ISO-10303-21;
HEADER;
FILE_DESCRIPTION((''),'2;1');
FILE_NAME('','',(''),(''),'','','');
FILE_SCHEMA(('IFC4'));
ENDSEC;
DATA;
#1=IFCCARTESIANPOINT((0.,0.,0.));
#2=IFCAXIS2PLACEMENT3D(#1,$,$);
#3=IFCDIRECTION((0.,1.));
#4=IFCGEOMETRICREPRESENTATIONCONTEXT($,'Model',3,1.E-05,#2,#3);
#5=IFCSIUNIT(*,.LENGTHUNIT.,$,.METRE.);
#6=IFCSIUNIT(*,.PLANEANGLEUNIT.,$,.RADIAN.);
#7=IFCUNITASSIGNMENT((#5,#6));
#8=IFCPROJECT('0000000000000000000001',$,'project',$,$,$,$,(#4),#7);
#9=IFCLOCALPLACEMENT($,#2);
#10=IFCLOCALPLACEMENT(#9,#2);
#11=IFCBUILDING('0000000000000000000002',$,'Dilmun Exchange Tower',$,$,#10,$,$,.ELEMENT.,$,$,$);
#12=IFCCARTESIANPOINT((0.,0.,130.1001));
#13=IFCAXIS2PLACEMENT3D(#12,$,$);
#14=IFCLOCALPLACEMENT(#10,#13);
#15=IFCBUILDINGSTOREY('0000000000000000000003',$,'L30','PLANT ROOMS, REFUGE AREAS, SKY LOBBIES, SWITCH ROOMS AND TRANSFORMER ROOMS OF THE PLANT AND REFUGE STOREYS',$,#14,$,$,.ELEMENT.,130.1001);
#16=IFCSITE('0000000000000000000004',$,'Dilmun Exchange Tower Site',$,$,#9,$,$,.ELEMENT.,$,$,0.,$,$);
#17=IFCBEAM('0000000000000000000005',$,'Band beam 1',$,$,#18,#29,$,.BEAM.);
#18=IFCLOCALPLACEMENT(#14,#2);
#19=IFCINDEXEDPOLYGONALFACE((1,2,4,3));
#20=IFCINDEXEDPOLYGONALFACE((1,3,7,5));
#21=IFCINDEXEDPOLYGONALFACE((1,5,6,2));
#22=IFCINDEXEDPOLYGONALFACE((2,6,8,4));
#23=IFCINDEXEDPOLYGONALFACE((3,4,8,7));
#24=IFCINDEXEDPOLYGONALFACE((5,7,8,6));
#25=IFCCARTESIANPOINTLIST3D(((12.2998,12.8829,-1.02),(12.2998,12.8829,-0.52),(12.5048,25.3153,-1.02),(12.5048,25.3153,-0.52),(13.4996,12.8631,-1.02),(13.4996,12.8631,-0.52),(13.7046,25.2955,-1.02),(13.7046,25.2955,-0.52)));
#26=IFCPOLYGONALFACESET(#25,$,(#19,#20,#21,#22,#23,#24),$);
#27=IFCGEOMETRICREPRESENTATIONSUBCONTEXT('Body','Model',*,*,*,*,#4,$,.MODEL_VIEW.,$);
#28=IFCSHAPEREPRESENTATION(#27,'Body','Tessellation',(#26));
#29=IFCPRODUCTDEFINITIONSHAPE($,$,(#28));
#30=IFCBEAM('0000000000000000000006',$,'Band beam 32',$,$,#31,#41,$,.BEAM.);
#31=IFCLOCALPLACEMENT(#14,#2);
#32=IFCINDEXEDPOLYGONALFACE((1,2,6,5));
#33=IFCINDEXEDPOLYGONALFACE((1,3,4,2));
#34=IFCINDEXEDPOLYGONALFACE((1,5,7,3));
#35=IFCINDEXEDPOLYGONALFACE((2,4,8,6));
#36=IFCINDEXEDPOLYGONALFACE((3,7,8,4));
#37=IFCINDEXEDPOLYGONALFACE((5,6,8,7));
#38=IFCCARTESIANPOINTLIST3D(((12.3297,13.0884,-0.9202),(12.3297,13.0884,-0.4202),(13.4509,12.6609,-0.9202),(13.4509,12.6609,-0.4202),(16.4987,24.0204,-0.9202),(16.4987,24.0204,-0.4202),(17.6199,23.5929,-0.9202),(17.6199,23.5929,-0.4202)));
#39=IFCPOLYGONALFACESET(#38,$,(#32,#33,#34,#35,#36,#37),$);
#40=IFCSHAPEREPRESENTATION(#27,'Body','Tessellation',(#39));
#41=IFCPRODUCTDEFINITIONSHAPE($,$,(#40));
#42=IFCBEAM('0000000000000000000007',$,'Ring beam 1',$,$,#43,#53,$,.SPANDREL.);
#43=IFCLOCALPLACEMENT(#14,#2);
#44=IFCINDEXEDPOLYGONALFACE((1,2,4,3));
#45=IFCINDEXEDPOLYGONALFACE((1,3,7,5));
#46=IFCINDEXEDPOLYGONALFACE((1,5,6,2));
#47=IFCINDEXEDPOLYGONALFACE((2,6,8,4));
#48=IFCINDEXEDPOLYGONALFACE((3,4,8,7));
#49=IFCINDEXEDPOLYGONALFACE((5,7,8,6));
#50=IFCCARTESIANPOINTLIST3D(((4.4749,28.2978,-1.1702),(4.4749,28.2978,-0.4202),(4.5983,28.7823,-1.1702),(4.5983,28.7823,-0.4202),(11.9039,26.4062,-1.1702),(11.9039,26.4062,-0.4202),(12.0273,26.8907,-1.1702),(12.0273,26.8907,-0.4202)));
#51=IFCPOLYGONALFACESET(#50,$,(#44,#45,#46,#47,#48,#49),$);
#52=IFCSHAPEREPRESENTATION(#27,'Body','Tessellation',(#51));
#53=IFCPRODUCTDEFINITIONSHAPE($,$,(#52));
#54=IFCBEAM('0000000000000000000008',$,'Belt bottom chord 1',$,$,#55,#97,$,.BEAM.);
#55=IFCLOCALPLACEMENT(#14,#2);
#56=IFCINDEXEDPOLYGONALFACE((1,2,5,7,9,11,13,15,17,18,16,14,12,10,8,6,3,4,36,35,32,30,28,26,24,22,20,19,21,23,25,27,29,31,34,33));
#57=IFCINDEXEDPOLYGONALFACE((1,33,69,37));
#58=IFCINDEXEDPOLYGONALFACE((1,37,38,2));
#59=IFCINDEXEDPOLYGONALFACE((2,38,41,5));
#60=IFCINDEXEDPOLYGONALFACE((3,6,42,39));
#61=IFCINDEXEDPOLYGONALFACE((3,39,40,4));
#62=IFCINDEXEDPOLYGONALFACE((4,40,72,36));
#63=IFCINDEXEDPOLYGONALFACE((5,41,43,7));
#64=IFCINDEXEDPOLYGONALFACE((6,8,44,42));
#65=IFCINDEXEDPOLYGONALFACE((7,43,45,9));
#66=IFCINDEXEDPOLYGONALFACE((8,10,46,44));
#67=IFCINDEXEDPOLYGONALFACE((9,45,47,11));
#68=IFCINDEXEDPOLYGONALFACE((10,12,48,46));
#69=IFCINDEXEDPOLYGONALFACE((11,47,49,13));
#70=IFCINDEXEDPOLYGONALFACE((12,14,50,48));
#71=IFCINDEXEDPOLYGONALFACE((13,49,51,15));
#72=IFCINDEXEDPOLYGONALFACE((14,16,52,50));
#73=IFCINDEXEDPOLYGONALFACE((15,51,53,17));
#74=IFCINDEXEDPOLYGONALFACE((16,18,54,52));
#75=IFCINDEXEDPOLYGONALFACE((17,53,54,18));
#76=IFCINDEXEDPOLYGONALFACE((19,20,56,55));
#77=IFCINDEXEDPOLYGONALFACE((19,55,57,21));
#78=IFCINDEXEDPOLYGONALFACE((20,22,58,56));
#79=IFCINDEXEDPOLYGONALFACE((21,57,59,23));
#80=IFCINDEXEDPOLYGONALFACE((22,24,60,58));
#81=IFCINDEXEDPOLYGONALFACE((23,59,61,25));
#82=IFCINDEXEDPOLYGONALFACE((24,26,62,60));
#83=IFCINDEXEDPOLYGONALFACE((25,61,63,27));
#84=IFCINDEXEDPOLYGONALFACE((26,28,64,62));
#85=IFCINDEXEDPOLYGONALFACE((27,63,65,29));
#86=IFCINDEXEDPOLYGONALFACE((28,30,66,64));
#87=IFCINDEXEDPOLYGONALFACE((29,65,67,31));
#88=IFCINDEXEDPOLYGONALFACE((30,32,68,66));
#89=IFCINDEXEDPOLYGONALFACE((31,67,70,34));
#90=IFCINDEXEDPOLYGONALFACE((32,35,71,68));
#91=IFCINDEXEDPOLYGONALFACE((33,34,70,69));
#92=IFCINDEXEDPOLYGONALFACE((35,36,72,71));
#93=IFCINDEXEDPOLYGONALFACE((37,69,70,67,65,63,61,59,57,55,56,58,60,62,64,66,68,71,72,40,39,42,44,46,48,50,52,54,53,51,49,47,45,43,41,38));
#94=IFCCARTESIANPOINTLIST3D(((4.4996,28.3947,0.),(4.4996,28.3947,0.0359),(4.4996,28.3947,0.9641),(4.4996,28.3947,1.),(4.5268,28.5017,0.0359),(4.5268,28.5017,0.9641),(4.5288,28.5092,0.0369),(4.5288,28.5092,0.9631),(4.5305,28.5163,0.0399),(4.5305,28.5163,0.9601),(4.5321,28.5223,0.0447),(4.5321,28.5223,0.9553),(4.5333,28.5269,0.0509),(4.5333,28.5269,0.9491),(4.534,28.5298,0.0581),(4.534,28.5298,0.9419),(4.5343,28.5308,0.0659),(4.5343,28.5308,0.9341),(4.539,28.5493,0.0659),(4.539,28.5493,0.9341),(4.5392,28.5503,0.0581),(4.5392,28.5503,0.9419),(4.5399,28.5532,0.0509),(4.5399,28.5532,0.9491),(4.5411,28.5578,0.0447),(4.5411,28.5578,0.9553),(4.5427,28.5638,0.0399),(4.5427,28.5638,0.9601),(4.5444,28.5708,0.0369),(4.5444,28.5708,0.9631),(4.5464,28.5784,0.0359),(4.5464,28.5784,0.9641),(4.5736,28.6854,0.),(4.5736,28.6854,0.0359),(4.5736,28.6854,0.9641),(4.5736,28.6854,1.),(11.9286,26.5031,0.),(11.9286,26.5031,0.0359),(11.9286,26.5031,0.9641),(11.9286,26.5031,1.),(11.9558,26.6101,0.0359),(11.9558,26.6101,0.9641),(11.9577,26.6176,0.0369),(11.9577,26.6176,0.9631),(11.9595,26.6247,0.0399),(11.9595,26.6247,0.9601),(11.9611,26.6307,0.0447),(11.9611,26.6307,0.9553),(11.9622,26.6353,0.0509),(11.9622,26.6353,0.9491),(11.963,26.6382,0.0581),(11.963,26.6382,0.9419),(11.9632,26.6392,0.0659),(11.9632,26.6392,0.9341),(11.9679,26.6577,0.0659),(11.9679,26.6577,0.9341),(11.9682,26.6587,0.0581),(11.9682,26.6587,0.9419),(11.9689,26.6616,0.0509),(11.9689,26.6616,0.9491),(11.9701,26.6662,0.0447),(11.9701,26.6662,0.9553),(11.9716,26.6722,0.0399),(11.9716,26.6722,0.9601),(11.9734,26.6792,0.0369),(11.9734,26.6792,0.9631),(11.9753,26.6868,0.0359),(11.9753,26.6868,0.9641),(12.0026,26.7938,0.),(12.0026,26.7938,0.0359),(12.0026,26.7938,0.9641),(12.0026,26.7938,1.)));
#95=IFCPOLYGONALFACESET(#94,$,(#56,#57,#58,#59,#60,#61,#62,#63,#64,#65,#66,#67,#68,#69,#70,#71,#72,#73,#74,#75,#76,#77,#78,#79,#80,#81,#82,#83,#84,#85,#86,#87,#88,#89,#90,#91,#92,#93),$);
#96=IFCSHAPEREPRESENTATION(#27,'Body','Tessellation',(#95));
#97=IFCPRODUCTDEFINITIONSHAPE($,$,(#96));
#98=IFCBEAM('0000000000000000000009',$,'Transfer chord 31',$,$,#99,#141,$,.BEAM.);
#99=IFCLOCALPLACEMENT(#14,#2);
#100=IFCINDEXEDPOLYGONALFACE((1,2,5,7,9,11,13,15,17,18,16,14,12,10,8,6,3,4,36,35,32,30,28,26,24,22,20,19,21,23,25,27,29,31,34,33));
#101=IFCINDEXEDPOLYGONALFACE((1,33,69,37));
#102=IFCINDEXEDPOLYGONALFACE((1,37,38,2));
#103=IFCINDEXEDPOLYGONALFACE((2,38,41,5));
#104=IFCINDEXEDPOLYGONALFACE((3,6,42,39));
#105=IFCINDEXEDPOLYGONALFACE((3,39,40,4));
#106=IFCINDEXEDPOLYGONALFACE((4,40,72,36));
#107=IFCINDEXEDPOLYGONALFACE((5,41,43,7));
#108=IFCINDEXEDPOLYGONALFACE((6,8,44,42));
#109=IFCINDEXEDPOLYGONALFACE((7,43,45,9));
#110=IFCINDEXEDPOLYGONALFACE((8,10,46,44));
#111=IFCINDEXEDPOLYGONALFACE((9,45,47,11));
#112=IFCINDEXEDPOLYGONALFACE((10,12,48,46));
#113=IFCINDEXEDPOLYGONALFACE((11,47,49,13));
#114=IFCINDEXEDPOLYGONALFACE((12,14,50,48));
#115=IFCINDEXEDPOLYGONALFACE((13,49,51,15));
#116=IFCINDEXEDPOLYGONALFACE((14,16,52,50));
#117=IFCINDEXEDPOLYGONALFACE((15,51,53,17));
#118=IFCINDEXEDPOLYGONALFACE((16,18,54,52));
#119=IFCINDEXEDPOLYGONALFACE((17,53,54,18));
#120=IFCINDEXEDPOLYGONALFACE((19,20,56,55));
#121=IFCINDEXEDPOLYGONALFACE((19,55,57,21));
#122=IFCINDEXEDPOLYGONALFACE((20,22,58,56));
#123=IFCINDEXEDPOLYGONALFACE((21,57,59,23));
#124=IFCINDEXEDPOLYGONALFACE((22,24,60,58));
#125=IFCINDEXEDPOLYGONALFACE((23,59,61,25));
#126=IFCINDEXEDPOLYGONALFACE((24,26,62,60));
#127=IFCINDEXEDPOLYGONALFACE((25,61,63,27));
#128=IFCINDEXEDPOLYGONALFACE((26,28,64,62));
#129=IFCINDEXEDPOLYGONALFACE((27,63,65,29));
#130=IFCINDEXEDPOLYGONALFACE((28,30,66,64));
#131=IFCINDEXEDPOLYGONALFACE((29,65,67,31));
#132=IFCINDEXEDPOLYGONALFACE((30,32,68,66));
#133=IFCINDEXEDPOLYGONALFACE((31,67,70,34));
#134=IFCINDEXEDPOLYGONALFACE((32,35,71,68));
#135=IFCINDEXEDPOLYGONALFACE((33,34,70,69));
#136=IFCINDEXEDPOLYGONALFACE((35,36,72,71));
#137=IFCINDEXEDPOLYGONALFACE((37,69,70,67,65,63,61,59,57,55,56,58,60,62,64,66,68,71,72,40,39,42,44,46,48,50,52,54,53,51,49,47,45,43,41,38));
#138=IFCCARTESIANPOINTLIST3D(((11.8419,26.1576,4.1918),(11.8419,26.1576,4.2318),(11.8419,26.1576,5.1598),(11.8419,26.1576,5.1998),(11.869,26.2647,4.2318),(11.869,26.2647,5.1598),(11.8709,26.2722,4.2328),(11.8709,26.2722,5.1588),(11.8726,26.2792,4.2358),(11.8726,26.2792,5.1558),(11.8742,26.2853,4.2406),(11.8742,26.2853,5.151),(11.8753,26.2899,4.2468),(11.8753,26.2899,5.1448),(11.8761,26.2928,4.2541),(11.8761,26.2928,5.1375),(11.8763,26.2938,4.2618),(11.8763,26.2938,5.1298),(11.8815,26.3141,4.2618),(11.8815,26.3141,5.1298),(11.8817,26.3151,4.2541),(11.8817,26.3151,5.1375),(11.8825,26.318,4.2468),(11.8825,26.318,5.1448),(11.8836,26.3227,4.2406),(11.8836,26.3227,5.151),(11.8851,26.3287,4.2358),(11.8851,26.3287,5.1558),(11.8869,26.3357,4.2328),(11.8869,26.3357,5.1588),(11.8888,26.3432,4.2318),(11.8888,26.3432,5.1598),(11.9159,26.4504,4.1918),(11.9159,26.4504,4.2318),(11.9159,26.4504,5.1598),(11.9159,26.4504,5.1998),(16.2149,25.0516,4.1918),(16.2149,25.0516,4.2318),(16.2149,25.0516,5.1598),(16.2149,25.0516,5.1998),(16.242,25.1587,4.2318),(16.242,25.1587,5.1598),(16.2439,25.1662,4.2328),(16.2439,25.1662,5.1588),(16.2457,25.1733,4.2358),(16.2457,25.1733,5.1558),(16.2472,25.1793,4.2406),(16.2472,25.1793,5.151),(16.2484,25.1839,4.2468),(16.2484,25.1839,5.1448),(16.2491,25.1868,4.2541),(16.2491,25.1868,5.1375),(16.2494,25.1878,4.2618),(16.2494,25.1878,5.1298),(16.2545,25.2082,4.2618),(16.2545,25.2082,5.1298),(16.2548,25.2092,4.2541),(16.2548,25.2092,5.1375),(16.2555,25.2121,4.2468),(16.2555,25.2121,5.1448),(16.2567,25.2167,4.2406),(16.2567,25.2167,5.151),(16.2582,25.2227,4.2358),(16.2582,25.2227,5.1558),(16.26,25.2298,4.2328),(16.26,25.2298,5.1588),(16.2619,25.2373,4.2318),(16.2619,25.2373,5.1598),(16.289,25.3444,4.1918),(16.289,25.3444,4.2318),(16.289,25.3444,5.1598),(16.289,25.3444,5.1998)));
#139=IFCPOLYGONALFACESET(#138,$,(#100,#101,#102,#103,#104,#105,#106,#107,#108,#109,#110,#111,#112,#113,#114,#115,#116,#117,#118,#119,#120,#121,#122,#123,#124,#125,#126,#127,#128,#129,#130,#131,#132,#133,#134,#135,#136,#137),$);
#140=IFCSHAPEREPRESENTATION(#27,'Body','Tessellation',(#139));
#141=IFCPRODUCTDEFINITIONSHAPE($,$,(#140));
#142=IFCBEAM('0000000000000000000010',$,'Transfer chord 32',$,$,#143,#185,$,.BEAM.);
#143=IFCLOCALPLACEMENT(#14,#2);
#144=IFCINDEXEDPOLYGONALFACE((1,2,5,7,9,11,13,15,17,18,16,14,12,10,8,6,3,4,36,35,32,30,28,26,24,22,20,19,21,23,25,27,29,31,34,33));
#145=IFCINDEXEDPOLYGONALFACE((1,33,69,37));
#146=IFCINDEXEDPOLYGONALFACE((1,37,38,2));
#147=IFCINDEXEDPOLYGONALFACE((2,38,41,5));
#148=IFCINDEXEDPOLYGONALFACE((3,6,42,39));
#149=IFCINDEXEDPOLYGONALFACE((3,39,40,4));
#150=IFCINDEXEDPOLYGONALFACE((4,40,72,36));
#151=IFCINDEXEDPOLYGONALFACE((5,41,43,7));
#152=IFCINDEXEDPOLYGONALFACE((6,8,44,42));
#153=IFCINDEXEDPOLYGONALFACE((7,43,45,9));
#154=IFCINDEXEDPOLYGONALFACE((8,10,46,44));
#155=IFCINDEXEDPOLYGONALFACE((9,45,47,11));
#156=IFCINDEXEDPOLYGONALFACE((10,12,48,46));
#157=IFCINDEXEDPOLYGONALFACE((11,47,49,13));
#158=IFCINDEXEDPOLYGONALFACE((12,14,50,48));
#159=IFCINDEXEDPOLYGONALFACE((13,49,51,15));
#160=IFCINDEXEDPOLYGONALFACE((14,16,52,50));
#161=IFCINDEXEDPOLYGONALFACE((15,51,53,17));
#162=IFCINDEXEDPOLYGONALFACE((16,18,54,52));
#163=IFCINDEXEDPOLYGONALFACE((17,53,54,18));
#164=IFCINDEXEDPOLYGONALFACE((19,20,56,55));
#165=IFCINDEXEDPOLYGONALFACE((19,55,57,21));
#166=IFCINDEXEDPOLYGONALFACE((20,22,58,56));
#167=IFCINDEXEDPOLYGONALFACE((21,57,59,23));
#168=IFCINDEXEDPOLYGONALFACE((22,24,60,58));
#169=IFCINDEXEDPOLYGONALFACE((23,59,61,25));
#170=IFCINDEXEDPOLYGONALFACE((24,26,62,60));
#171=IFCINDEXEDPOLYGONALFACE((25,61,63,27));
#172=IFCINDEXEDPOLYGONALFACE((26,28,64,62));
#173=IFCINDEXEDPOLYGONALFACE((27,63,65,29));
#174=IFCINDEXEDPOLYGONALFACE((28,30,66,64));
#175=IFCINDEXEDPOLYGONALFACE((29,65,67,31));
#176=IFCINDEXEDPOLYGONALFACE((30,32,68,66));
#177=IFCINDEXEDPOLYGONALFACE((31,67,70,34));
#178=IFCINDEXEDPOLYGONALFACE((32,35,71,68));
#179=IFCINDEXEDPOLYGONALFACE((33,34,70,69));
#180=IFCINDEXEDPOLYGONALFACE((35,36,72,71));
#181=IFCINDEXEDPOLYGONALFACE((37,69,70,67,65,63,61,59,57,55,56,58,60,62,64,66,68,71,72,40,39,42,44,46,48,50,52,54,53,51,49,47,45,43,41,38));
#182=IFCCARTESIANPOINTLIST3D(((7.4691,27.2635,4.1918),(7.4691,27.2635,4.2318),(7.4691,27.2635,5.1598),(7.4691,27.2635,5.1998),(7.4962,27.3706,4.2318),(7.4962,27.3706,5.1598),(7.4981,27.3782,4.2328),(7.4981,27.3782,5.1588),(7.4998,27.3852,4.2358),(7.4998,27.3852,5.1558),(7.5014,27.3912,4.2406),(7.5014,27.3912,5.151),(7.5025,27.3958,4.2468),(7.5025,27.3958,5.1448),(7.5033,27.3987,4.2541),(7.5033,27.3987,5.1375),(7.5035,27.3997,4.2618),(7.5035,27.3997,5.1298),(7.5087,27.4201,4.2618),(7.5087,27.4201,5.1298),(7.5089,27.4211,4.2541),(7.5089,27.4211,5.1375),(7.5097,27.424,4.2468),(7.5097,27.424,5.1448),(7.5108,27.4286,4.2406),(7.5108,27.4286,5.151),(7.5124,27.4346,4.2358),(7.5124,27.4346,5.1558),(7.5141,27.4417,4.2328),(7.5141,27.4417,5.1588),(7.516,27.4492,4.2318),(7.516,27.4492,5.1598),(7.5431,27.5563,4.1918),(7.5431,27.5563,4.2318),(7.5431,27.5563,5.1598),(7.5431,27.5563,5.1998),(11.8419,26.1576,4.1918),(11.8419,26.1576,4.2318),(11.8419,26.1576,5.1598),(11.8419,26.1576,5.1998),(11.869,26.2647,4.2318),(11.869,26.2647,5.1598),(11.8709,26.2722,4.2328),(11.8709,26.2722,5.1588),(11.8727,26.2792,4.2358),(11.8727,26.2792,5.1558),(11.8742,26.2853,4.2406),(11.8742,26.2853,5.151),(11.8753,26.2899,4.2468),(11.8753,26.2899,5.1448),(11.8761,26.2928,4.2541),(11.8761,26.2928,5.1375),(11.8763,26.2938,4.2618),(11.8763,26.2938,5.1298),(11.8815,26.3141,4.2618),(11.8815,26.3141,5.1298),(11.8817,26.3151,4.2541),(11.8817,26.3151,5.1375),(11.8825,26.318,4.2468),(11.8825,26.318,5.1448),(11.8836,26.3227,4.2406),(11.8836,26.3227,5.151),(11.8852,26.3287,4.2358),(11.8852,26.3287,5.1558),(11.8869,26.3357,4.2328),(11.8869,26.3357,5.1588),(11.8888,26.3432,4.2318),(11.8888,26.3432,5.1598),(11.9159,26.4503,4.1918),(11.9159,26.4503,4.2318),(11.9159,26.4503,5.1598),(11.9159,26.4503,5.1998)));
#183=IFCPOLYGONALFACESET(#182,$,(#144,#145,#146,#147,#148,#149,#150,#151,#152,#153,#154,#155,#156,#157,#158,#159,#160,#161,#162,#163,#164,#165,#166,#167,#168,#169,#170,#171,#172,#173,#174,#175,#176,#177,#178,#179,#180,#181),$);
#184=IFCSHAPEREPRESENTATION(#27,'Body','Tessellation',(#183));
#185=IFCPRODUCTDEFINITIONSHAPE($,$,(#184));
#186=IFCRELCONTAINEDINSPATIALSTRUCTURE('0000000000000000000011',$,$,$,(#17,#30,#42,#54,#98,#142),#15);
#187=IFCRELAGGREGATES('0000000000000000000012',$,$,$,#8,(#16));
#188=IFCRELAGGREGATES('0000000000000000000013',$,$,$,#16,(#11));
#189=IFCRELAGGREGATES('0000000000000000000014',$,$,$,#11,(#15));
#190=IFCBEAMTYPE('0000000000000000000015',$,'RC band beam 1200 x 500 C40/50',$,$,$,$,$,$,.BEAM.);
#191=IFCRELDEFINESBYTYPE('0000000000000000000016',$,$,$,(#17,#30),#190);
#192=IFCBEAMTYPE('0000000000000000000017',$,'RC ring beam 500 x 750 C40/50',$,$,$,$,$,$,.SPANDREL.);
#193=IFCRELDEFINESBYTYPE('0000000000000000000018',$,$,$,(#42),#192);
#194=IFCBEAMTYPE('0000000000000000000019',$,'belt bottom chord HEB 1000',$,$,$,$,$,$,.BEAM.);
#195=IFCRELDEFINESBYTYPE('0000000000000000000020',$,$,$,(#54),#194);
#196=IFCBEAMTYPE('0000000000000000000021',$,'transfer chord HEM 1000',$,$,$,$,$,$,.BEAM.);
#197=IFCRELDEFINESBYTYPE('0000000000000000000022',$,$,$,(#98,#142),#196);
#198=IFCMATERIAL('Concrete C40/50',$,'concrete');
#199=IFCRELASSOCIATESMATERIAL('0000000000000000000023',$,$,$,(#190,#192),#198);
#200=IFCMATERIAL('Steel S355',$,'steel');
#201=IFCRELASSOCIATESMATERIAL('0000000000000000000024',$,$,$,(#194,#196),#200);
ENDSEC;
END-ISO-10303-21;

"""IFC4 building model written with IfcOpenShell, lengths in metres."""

from ifc_helpers import new_model, si_unit, direction, frame, origin, origin_2d, place, context, subcontext, project, spatial, rectangle, i_section, extrude, material, material_profile, profile_set, type_object, element, save


model = new_model("IFC4")

# Units and contexts
model_context = context("Model", 3, precision=1e-05, world=origin(), true_north=direction((0.0, 1.0)))
body_context = subcontext(model_context, "Body", "Model", "MODEL_VIEW")
ifc_project = project(units=[si_unit("LENGTHUNIT", "METRE"), si_unit("PLANEANGLEUNIT", "RADIAN")], contexts=[model_context])

# Site, building, storey
site_placement = place(None, origin())
site = spatial("IfcSite", under=ifc_project, at=site_placement, Name="Dilmun Exchange Tower Site", CompositionType="ELEMENT", RefElevation=0.0)
building_placement = place(site_placement, origin())
building = spatial("IfcBuilding", under=site, at=building_placement, Name="Dilmun Exchange Tower", CompositionType="ELEMENT")
storey_placement = place(building_placement, frame((0.0, 0.0, 130.1001)))
storey = spatial("IfcBuildingStorey", under=building, at=storey_placement, Name="L30", Description="PLANT ROOMS, REFUGE AREAS, SKY LOBBIES, SWITCH ROOMS AND TRANSFORMER ROOMS OF THE PLANT AND REFUGE STOREYS", CompositionType="ELEMENT", Elevation=130.1001)

# Beams
ifc_material_1 = material(Name="Concrete C40/50", Category="concrete")
ifc_material_profile_1 = material_profile(ifc_material_1, rectangle(XDim=1.2, YDim=0.5, at=origin_2d()), Name="1200 x 500")
ifc_profile_set_1 = profile_set([ifc_material_profile_1], Name="Concrete C40/50")
beam_type_1 = type_object("IfcBeamType", Name="RC band beam 1200 x 500 C40/50", PredefinedType="BEAM", material=ifc_profile_set_1)
beam_1_placement = place(storey_placement, frame((13.1047, 25.3054, -0.77), z_axis=(-0.016493, -0.999864, 0.0), x_axis=(0.999864, -0.016493, 0.0)))
element("IfcBeam", 1, at=beam_1_placement, inside=storey, type_object=beam_type_1, Name="Band beam 1", PredefinedType="BEAM", context=body_context, shape_type="SweptSolid", body=[
    extrude(rectangle(XDim=1.2, YDim=0.5, at=origin_2d()), origin(), (0.0, 0.0, 1.0), 12.4341),
])
beam_2_placement = place(storey_placement, frame((17.0593, 23.8066, -0.6702), z_axis=(-0.356325, -0.934362, 0.0), x_axis=(0.934362, -0.356325, 0.0)))
element("IfcBeam", 2, at=beam_2_placement, inside=storey, type_object=beam_type_1, Name="Band beam 32", PredefinedType="BEAM", context=body_context, shape_type="SweptSolid", body=[
    extrude(rectangle(XDim=1.2, YDim=0.5, at=origin_2d()), origin(), (0.0, 0.0, 1.0), 11.7),
])
ifc_material_profile_2 = material_profile(ifc_material_1, rectangle(XDim=0.5, YDim=0.75, at=origin_2d()), Name="500 x 750")
ifc_profile_set_2 = profile_set([ifc_material_profile_2], Name="Concrete C40/50")
beam_type_2 = type_object("IfcBeamType", Name="RC ring beam 500 x 750 C40/50", PredefinedType="SPANDREL", material=ifc_profile_set_2)
beam_3_placement = place(storey_placement, frame((11.9656, 26.6484, -0.7952), z_axis=(-0.969079, 0.246752, 0.0), x_axis=(-0.246752, -0.969079, 0.0)))
element("IfcBeam", 3, at=beam_3_placement, inside=storey, type_object=beam_type_2, Name="Ring beam 1", PredefinedType="SPANDREL", context=body_context, shape_type="SweptSolid", body=[
    extrude(rectangle(XDim=0.5, YDim=0.75, at=origin_2d()), origin(), (0.0, 0.0, 1.0), 7.666),
])
ifc_material_2 = material(Name="Steel S355", Category="steel")
ifc_material_profile_3 = material_profile(ifc_material_2, i_section(OverallWidth=0.3, OverallDepth=1.0, WebThickness=0.019, FlangeThickness=0.0359, FilletRadius=0.03, at=origin_2d()), Name="HEB 1000")
ifc_profile_set_3 = profile_set([ifc_material_profile_3], Name="Steel S355")
beam_type_3 = type_object("IfcBeamType", Name="belt bottom chord HEB 1000", PredefinedType="BEAM", material=ifc_profile_set_3)
beam_4_placement = place(storey_placement, frame((11.9656, 26.6484, 0.5), z_axis=(-0.969079, 0.246752, 0.0), x_axis=(-0.246752, -0.969079, 0.0)))
element("IfcBeam", 4, at=beam_4_placement, inside=storey, type_object=beam_type_3, Name="Belt bottom chord 1", PredefinedType="BEAM", context=body_context, shape_type="SweptSolid", body=[
    extrude(i_section(OverallWidth=0.3, OverallDepth=1.0, WebThickness=0.019, FlangeThickness=0.0359, FilletRadius=0.03, at=origin_2d()), origin(), (0.0, 0.0, 1.0), 7.666),
])
ifc_material_profile_4 = material_profile(ifc_material_2, i_section(OverallWidth=0.302, OverallDepth=1.0081, WebThickness=0.021, FlangeThickness=0.04, FilletRadius=0.03, at=origin_2d()), Name="HEM 1000")
ifc_profile_set_4 = profile_set([ifc_material_profile_4], Name="Steel S355")
beam_type_4 = type_object("IfcBeamType", Name="transfer chord HEM 1000", PredefinedType="BEAM", material=ifc_profile_set_4)
beam_5_placement = place(storey_placement, frame((16.252, 25.198, 4.6958), z_axis=(-0.969477, 0.245184, 0.0), x_axis=(-0.245184, -0.969477, 0.0)))
element("IfcBeam", 5, at=beam_5_placement, inside=storey, type_object=beam_type_4, Name="Transfer chord 31", PredefinedType="BEAM", context=body_context, shape_type="SweptSolid", body=[
    extrude(i_section(OverallWidth=0.302, OverallDepth=1.0081, WebThickness=0.021, FlangeThickness=0.04, FilletRadius=0.03, at=origin_2d()), origin(), (0.0, 0.0, 1.0), 4.5107),
])
beam_6_placement = place(storey_placement, frame((11.8789, 26.304, 4.6958), z_axis=(-0.969473, 0.245196, 0.0), x_axis=(-0.245196, -0.969473, 0.0)))
element("IfcBeam", 6, at=beam_6_placement, inside=storey, type_object=beam_type_4, Name="Transfer chord 32", PredefinedType="BEAM", context=body_context, shape_type="SweptSolid", body=[
    extrude(i_section(OverallWidth=0.302, OverallDepth=1.0081, WebThickness=0.021, FlangeThickness=0.04, FilletRadius=0.03, at=origin_2d()), origin(), (0.0, 0.0, 1.0), 4.5105),
])

save(model, "model.ifc")
